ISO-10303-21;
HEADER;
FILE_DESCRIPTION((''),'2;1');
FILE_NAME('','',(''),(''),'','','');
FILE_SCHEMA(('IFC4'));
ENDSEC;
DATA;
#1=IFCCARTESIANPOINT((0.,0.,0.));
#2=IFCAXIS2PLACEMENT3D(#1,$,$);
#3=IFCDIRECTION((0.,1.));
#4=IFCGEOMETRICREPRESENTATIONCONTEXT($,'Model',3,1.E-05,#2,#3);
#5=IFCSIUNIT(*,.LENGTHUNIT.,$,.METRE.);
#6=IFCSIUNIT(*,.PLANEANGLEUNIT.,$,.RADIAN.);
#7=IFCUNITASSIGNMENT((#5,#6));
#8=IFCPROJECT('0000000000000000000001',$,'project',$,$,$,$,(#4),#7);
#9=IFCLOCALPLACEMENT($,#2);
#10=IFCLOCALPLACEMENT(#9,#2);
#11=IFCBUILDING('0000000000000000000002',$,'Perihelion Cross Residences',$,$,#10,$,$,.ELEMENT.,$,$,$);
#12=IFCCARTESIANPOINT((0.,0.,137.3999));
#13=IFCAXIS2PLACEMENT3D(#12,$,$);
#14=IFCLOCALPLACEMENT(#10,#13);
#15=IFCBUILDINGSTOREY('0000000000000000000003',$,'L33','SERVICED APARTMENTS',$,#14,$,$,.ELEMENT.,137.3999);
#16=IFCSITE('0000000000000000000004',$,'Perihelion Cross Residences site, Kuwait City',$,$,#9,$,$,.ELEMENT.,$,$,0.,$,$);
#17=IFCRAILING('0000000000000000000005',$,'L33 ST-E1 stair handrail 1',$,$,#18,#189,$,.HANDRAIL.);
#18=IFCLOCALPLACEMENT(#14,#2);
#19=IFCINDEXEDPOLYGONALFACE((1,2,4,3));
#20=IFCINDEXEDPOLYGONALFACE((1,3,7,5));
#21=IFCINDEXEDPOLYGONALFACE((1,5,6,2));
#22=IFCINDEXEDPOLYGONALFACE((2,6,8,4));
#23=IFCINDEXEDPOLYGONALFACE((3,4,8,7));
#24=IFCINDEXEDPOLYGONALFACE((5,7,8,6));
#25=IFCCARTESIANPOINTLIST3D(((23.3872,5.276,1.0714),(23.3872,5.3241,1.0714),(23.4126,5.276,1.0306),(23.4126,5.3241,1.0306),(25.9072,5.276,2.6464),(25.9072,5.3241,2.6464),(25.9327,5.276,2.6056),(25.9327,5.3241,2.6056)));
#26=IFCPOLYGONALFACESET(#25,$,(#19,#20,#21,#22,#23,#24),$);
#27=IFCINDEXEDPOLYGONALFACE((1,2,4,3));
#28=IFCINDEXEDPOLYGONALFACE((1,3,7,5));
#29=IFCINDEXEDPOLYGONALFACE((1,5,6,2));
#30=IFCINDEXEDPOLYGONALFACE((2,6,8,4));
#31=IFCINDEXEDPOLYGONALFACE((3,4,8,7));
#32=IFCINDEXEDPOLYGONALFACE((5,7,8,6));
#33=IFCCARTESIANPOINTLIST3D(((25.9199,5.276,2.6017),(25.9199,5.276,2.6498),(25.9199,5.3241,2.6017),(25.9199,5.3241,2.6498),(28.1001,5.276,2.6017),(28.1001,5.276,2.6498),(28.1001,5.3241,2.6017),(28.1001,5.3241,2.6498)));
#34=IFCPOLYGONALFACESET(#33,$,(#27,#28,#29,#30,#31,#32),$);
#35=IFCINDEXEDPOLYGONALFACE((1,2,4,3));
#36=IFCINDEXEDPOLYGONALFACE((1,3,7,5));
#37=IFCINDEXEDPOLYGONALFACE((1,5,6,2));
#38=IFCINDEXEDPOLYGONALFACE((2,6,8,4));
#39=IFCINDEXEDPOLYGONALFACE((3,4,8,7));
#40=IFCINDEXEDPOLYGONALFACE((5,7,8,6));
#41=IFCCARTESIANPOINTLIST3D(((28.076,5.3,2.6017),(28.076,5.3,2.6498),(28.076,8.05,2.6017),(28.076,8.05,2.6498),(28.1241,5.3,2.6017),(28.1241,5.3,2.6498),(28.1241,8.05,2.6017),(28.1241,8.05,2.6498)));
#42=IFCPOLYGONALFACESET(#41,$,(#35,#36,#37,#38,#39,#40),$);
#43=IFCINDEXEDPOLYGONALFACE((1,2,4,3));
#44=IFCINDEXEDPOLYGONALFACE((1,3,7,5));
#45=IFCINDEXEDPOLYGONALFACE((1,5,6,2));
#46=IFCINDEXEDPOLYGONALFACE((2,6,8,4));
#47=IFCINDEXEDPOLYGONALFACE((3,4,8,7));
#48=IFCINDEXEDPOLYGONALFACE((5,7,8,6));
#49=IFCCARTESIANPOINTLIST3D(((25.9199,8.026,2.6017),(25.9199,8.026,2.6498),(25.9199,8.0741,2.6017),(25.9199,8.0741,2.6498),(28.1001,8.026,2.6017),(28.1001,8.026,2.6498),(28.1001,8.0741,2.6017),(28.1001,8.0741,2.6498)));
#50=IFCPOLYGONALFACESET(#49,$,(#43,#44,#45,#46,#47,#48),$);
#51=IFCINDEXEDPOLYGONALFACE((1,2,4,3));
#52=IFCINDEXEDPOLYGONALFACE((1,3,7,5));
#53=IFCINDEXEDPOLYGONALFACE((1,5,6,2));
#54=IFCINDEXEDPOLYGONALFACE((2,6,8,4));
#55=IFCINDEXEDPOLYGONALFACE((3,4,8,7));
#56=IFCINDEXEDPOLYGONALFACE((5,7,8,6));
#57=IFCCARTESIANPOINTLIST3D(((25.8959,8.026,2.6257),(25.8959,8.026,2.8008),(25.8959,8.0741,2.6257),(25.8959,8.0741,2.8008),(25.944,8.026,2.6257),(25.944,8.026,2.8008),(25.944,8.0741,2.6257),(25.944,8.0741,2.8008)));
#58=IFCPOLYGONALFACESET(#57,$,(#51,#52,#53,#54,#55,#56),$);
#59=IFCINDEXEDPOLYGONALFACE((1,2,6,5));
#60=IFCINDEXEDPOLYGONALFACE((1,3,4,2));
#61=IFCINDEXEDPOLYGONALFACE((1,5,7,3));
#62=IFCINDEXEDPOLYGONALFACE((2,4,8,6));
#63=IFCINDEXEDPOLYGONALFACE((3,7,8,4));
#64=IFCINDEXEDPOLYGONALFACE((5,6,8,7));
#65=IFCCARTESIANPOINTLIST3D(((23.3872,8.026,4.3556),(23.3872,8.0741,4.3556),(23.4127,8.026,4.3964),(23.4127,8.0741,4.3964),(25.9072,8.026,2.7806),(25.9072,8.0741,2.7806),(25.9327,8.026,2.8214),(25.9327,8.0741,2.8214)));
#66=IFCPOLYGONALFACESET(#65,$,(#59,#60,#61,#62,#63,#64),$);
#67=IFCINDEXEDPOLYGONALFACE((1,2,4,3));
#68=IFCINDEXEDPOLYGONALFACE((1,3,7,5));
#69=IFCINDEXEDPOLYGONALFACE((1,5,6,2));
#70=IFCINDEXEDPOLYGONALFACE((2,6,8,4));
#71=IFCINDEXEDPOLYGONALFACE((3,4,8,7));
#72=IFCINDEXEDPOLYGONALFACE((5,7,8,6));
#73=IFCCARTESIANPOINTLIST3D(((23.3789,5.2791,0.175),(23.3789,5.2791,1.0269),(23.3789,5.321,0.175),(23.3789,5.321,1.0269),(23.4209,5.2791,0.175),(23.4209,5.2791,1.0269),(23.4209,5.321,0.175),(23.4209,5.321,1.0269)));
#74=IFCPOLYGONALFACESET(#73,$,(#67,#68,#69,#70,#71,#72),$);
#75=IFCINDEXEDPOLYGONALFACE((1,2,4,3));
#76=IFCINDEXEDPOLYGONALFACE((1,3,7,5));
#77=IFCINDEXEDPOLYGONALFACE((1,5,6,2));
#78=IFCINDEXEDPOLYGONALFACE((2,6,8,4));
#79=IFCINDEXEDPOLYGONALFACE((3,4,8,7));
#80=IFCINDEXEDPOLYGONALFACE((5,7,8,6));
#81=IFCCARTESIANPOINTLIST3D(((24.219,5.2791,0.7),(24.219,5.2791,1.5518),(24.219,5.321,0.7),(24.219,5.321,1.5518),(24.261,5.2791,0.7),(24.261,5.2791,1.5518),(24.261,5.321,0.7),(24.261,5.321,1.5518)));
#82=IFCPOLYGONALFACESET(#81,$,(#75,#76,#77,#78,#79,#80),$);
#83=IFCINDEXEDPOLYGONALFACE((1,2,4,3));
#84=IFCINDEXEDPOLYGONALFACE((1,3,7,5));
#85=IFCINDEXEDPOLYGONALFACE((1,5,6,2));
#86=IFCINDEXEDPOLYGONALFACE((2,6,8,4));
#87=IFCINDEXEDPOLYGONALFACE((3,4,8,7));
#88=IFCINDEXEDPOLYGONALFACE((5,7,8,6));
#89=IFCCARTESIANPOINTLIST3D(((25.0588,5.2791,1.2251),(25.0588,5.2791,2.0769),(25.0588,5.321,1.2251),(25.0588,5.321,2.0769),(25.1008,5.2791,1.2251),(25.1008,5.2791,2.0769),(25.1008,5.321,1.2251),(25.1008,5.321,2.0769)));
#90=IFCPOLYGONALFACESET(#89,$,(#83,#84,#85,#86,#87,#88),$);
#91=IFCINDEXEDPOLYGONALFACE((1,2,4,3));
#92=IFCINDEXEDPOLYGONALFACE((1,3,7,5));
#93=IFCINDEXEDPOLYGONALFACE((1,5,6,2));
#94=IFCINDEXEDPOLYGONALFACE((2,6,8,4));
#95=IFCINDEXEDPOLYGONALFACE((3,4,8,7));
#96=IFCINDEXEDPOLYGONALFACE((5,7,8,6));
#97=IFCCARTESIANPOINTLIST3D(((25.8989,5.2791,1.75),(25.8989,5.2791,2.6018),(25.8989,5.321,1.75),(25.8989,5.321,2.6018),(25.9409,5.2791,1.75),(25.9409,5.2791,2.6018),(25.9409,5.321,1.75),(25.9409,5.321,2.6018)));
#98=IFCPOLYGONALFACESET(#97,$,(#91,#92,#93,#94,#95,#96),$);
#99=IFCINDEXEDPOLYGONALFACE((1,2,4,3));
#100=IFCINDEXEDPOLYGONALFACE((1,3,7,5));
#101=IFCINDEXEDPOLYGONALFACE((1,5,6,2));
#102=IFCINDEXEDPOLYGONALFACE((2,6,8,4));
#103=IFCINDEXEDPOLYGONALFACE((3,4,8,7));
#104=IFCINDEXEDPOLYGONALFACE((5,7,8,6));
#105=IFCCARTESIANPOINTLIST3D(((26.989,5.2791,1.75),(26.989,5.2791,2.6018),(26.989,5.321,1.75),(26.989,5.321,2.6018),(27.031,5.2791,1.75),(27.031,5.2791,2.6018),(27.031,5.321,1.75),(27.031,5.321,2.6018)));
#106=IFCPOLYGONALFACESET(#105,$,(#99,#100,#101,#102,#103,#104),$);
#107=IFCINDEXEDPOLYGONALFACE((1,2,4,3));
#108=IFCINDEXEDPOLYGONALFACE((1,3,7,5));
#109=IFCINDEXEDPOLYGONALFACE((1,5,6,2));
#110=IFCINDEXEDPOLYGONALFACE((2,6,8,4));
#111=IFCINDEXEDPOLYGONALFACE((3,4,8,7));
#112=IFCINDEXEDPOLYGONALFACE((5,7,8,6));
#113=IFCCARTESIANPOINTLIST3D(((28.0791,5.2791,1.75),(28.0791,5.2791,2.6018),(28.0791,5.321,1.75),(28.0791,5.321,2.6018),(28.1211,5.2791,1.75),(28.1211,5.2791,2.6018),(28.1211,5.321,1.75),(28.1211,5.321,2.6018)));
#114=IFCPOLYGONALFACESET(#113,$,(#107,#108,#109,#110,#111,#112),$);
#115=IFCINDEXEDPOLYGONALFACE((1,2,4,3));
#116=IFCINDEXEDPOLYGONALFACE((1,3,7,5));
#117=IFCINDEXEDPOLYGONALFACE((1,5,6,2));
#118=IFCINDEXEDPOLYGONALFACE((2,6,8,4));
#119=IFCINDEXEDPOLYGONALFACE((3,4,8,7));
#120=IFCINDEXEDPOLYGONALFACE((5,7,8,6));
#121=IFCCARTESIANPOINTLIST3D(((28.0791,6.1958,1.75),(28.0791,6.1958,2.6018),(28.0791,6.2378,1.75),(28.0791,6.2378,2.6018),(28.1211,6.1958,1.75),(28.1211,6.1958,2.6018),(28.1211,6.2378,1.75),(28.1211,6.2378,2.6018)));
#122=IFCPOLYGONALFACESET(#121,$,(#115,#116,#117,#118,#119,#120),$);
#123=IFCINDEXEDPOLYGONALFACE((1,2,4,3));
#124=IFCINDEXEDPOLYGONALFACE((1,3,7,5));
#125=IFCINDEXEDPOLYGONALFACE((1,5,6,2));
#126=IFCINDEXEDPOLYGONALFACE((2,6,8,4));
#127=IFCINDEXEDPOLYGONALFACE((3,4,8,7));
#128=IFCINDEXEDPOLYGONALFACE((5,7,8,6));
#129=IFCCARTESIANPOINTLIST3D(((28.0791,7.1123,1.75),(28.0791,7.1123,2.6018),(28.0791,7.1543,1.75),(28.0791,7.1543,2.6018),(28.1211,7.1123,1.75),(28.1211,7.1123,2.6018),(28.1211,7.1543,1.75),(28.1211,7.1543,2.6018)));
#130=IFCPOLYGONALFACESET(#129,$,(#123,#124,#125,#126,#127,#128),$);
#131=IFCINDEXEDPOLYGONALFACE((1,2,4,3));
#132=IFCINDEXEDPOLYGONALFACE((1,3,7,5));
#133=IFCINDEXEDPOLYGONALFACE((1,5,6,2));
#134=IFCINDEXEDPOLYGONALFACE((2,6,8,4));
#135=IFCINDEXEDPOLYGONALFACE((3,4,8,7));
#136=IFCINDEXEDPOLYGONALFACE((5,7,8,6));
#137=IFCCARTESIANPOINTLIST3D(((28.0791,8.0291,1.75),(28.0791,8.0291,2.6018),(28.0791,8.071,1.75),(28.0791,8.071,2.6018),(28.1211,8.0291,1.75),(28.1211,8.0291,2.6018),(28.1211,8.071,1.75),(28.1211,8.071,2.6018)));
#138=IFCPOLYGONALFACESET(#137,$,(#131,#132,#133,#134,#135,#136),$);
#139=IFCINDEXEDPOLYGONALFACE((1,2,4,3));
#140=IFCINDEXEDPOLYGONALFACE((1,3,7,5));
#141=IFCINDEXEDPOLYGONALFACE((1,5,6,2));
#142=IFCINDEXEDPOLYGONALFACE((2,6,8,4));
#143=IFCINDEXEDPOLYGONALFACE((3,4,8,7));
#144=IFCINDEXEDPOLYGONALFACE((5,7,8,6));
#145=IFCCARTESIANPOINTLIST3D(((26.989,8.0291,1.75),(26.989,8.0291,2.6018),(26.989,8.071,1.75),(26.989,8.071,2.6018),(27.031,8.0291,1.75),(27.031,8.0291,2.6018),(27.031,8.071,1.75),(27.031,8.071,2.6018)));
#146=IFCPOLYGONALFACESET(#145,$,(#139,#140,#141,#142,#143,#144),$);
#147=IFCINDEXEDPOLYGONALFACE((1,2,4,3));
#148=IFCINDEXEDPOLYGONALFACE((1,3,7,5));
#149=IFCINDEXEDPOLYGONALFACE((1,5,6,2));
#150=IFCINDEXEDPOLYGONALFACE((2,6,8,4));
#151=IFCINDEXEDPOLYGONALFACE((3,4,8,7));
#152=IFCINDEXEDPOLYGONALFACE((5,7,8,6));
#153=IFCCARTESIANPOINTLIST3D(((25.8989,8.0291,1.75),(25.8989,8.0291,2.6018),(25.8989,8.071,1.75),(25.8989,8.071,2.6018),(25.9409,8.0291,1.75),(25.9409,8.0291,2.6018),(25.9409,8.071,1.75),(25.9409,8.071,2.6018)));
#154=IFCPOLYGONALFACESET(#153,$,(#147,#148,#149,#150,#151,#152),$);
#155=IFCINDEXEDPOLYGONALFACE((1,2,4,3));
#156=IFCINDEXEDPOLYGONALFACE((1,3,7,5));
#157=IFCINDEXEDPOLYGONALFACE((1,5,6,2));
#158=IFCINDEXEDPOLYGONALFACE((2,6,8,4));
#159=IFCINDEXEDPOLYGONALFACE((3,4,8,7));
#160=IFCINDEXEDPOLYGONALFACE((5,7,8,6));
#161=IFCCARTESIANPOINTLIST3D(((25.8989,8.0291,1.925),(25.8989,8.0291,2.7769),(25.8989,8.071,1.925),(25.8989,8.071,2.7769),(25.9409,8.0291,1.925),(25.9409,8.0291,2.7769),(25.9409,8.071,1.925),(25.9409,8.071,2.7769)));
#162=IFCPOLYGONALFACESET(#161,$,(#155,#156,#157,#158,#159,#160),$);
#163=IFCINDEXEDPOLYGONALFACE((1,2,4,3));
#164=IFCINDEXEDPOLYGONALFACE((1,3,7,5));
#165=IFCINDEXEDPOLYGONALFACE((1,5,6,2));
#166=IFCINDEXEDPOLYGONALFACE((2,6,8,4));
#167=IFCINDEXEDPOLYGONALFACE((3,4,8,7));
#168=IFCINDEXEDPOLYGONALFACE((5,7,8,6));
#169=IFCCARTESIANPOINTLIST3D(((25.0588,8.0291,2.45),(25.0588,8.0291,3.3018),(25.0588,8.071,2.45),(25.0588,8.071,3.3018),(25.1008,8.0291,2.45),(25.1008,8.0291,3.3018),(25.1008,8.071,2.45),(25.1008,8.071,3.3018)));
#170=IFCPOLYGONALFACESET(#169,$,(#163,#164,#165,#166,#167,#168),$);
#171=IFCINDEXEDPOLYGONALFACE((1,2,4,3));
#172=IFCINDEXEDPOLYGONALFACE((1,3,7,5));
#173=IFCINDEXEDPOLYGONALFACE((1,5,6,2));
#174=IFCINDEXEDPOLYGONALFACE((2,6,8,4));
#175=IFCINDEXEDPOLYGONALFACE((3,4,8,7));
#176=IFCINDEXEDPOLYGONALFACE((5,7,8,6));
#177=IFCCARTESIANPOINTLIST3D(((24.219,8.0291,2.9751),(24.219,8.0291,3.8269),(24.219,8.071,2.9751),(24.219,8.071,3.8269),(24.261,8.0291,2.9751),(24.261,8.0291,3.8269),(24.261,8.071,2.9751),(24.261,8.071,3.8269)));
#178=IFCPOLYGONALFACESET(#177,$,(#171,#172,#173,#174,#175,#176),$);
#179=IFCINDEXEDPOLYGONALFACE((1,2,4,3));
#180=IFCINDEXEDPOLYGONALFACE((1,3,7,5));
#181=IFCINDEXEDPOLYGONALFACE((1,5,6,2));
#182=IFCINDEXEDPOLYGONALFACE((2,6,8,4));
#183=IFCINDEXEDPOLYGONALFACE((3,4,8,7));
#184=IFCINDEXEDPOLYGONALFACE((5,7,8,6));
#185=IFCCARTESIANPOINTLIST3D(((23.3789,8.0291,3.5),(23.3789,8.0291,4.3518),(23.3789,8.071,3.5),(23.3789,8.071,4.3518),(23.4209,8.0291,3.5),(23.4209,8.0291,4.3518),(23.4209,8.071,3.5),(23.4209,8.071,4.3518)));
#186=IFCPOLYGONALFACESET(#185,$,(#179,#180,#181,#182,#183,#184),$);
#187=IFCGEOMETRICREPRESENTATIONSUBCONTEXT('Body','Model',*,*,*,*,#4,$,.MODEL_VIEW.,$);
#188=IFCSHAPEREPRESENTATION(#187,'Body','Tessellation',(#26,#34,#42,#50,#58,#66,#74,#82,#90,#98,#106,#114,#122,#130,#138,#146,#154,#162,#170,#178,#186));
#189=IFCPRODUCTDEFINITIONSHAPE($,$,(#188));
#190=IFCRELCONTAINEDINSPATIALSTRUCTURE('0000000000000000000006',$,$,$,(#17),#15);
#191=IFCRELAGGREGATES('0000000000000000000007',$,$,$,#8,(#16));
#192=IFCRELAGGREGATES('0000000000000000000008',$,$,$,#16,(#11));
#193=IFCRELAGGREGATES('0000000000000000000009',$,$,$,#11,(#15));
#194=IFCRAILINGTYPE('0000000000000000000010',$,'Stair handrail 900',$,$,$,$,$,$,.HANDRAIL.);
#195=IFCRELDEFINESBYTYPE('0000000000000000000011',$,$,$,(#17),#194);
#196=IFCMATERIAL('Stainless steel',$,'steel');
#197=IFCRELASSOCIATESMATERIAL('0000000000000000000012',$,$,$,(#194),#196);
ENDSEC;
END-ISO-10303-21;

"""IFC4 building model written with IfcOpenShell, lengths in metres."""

from ifc_helpers import new_model, si_unit, direction, frame, origin, origin_2d, place, context, subcontext, project, spatial, rectangle, extrude, material, type_object, element, save


model = new_model("IFC4")

# Units and contexts
model_context = context("Model", 3, precision=1e-05, world=origin(), true_north=direction((0.0, 1.0)))
body_context = subcontext(model_context, "Body", "Model", "MODEL_VIEW")
ifc_project = project(units=[si_unit("LENGTHUNIT", "METRE"), si_unit("PLANEANGLEUNIT", "RADIAN")], contexts=[model_context])

# Site, building, storey
site_placement = place(None, origin())
site = spatial("IfcSite", under=ifc_project, at=site_placement, Name="Perihelion Cross Residences site, Kuwait City", CompositionType="ELEMENT", RefElevation=0.0)
building_placement = place(site_placement, origin())
building = spatial("IfcBuilding", under=site, at=building_placement, Name="Perihelion Cross Residences", CompositionType="ELEMENT")
storey_placement = place(building_placement, frame((0.0, 0.0, 137.3999)))
storey = spatial("IfcBuildingStorey", under=building, at=storey_placement, Name="L33", Description="SERVICED APARTMENTS", CompositionType="ELEMENT", Elevation=137.3999)

# Railing
ifc_material_1 = material(Name="Stainless steel", Category="steel")
railing_type_1 = type_object("IfcRailingType", Name="Stair handrail 900", PredefinedType="HANDRAIL", material=ifc_material_1)
railing_1_placement = place(storey_placement, frame((23.3999, 5.3, 0.175)))
element("IfcRailing", 1, at=railing_1_placement, inside=storey, type_object=railing_type_1, Name="L33 ST-E1 stair handrail 1", PredefinedType="HANDRAIL", context=body_context, shape_type="SweptSolid", body=[
    extrude(rectangle(XDim=0.0481, YDim=0.0481, at=origin_2d()), frame((0.0, 0.0, 0.876), z_axis=(0.848008, 0.0, 0.529984), x_axis=(0.0, 1.0, 0.0)), (0.0, 0.0, 1.0), 2.9717),
    extrude(rectangle(XDim=0.0481, YDim=0.0481, at=origin_2d()), frame((2.52, 0.0, 2.4507), z_axis=(1.0, 0.0, 0.0), x_axis=(0.0, 1.0, 0.0)), (0.0, 0.0, 1.0), 2.1802),
    extrude(rectangle(XDim=0.0481, YDim=0.0481, at=origin_2d()), frame((4.7002, 0.0, 2.4507), z_axis=(0.0, 1.0, 0.0), x_axis=(-1.0, 0.0, 0.0)), (0.0, 0.0, 1.0), 2.75),
    extrude(rectangle(XDim=0.0481, YDim=0.0481, at=origin_2d()), frame((4.7002, 2.75, 2.4507), z_axis=(-1.0, 0.0, 0.0), x_axis=(0.0, -1.0, 0.0)), (0.0, 0.0, 1.0), 2.1802),
    extrude(rectangle(XDim=0.0481, YDim=0.0481, at=origin_2d()), frame((2.52, 2.75, 2.4507), z_axis=(0.0, 0.0, 1.0), x_axis=(1.0, 0.0, 0.0)), (0.0, 0.0, 1.0), 0.175),
    extrude(rectangle(XDim=0.0481, YDim=0.0481, at=origin_2d()), frame((2.52, 2.75, 2.626), z_axis=(-0.848008, 0.0, 0.529984), x_axis=(0.0, -1.0, 0.0)), (0.0, 0.0, 1.0), 2.9717),
    extrude(rectangle(XDim=0.042, YDim=0.042, at=origin_2d()), origin(), (0.0, 0.0, 1.0), 0.8518),
    extrude(rectangle(XDim=0.042, YDim=0.042, at=origin_2d()), frame((0.8401, 0.0, 0.5249)), (0.0, 0.0, 1.0), 0.8518),
    extrude(rectangle(XDim=0.042, YDim=0.042, at=origin_2d()), frame((1.6799, 0.0, 1.05)), (0.0, 0.0, 1.0), 0.8518),
    extrude(rectangle(XDim=0.042, YDim=0.042, at=origin_2d()), frame((2.52, 0.0, 1.575)), (0.0, 0.0, 1.0), 0.8518),
    extrude(rectangle(XDim=0.042, YDim=0.042, at=origin_2d()), frame((3.6101, 0.0, 1.575)), (0.0, 0.0, 1.0), 0.8518),
    extrude(rectangle(XDim=0.042, YDim=0.042, at=origin_2d()), frame((4.7002, 0.0, 1.575)), (0.0, 0.0, 1.0), 0.8518),
    extrude(rectangle(XDim=0.042, YDim=0.042, at=origin_2d()), frame((4.7002, 0.9167, 1.575)), (0.0, 0.0, 1.0), 0.8518),
    extrude(rectangle(XDim=0.042, YDim=0.042, at=origin_2d()), frame((4.7002, 1.8333, 1.575)), (0.0, 0.0, 1.0), 0.8518),
    extrude(rectangle(XDim=0.042, YDim=0.042, at=origin_2d()), frame((4.7002, 2.75, 1.575)), (0.0, 0.0, 1.0), 0.8518),
    extrude(rectangle(XDim=0.042, YDim=0.042, at=origin_2d()), frame((3.6101, 2.75, 1.575)), (0.0, 0.0, 1.0), 0.8518),
    extrude(rectangle(XDim=0.042, YDim=0.042, at=origin_2d()), frame((2.52, 2.75, 1.575)), (0.0, 0.0, 1.0), 0.8518),
    extrude(rectangle(XDim=0.042, YDim=0.042, at=origin_2d()), frame((2.52, 2.75, 1.75)), (0.0, 0.0, 1.0), 0.8518),
    extrude(rectangle(XDim=0.042, YDim=0.042, at=origin_2d()), frame((1.6799, 2.75, 2.2749)), (0.0, 0.0, 1.0), 0.8518),
    extrude(rectangle(XDim=0.042, YDim=0.042, at=origin_2d()), frame((0.8401, 2.75, 2.8)), (0.0, 0.0, 1.0), 0.8518),
    extrude(rectangle(XDim=0.042, YDim=0.042, at=origin_2d()), frame((0.0, 2.75, 3.325)), (0.0, 0.0, 1.0), 0.8518),
])

save(model, "model.ifc")
